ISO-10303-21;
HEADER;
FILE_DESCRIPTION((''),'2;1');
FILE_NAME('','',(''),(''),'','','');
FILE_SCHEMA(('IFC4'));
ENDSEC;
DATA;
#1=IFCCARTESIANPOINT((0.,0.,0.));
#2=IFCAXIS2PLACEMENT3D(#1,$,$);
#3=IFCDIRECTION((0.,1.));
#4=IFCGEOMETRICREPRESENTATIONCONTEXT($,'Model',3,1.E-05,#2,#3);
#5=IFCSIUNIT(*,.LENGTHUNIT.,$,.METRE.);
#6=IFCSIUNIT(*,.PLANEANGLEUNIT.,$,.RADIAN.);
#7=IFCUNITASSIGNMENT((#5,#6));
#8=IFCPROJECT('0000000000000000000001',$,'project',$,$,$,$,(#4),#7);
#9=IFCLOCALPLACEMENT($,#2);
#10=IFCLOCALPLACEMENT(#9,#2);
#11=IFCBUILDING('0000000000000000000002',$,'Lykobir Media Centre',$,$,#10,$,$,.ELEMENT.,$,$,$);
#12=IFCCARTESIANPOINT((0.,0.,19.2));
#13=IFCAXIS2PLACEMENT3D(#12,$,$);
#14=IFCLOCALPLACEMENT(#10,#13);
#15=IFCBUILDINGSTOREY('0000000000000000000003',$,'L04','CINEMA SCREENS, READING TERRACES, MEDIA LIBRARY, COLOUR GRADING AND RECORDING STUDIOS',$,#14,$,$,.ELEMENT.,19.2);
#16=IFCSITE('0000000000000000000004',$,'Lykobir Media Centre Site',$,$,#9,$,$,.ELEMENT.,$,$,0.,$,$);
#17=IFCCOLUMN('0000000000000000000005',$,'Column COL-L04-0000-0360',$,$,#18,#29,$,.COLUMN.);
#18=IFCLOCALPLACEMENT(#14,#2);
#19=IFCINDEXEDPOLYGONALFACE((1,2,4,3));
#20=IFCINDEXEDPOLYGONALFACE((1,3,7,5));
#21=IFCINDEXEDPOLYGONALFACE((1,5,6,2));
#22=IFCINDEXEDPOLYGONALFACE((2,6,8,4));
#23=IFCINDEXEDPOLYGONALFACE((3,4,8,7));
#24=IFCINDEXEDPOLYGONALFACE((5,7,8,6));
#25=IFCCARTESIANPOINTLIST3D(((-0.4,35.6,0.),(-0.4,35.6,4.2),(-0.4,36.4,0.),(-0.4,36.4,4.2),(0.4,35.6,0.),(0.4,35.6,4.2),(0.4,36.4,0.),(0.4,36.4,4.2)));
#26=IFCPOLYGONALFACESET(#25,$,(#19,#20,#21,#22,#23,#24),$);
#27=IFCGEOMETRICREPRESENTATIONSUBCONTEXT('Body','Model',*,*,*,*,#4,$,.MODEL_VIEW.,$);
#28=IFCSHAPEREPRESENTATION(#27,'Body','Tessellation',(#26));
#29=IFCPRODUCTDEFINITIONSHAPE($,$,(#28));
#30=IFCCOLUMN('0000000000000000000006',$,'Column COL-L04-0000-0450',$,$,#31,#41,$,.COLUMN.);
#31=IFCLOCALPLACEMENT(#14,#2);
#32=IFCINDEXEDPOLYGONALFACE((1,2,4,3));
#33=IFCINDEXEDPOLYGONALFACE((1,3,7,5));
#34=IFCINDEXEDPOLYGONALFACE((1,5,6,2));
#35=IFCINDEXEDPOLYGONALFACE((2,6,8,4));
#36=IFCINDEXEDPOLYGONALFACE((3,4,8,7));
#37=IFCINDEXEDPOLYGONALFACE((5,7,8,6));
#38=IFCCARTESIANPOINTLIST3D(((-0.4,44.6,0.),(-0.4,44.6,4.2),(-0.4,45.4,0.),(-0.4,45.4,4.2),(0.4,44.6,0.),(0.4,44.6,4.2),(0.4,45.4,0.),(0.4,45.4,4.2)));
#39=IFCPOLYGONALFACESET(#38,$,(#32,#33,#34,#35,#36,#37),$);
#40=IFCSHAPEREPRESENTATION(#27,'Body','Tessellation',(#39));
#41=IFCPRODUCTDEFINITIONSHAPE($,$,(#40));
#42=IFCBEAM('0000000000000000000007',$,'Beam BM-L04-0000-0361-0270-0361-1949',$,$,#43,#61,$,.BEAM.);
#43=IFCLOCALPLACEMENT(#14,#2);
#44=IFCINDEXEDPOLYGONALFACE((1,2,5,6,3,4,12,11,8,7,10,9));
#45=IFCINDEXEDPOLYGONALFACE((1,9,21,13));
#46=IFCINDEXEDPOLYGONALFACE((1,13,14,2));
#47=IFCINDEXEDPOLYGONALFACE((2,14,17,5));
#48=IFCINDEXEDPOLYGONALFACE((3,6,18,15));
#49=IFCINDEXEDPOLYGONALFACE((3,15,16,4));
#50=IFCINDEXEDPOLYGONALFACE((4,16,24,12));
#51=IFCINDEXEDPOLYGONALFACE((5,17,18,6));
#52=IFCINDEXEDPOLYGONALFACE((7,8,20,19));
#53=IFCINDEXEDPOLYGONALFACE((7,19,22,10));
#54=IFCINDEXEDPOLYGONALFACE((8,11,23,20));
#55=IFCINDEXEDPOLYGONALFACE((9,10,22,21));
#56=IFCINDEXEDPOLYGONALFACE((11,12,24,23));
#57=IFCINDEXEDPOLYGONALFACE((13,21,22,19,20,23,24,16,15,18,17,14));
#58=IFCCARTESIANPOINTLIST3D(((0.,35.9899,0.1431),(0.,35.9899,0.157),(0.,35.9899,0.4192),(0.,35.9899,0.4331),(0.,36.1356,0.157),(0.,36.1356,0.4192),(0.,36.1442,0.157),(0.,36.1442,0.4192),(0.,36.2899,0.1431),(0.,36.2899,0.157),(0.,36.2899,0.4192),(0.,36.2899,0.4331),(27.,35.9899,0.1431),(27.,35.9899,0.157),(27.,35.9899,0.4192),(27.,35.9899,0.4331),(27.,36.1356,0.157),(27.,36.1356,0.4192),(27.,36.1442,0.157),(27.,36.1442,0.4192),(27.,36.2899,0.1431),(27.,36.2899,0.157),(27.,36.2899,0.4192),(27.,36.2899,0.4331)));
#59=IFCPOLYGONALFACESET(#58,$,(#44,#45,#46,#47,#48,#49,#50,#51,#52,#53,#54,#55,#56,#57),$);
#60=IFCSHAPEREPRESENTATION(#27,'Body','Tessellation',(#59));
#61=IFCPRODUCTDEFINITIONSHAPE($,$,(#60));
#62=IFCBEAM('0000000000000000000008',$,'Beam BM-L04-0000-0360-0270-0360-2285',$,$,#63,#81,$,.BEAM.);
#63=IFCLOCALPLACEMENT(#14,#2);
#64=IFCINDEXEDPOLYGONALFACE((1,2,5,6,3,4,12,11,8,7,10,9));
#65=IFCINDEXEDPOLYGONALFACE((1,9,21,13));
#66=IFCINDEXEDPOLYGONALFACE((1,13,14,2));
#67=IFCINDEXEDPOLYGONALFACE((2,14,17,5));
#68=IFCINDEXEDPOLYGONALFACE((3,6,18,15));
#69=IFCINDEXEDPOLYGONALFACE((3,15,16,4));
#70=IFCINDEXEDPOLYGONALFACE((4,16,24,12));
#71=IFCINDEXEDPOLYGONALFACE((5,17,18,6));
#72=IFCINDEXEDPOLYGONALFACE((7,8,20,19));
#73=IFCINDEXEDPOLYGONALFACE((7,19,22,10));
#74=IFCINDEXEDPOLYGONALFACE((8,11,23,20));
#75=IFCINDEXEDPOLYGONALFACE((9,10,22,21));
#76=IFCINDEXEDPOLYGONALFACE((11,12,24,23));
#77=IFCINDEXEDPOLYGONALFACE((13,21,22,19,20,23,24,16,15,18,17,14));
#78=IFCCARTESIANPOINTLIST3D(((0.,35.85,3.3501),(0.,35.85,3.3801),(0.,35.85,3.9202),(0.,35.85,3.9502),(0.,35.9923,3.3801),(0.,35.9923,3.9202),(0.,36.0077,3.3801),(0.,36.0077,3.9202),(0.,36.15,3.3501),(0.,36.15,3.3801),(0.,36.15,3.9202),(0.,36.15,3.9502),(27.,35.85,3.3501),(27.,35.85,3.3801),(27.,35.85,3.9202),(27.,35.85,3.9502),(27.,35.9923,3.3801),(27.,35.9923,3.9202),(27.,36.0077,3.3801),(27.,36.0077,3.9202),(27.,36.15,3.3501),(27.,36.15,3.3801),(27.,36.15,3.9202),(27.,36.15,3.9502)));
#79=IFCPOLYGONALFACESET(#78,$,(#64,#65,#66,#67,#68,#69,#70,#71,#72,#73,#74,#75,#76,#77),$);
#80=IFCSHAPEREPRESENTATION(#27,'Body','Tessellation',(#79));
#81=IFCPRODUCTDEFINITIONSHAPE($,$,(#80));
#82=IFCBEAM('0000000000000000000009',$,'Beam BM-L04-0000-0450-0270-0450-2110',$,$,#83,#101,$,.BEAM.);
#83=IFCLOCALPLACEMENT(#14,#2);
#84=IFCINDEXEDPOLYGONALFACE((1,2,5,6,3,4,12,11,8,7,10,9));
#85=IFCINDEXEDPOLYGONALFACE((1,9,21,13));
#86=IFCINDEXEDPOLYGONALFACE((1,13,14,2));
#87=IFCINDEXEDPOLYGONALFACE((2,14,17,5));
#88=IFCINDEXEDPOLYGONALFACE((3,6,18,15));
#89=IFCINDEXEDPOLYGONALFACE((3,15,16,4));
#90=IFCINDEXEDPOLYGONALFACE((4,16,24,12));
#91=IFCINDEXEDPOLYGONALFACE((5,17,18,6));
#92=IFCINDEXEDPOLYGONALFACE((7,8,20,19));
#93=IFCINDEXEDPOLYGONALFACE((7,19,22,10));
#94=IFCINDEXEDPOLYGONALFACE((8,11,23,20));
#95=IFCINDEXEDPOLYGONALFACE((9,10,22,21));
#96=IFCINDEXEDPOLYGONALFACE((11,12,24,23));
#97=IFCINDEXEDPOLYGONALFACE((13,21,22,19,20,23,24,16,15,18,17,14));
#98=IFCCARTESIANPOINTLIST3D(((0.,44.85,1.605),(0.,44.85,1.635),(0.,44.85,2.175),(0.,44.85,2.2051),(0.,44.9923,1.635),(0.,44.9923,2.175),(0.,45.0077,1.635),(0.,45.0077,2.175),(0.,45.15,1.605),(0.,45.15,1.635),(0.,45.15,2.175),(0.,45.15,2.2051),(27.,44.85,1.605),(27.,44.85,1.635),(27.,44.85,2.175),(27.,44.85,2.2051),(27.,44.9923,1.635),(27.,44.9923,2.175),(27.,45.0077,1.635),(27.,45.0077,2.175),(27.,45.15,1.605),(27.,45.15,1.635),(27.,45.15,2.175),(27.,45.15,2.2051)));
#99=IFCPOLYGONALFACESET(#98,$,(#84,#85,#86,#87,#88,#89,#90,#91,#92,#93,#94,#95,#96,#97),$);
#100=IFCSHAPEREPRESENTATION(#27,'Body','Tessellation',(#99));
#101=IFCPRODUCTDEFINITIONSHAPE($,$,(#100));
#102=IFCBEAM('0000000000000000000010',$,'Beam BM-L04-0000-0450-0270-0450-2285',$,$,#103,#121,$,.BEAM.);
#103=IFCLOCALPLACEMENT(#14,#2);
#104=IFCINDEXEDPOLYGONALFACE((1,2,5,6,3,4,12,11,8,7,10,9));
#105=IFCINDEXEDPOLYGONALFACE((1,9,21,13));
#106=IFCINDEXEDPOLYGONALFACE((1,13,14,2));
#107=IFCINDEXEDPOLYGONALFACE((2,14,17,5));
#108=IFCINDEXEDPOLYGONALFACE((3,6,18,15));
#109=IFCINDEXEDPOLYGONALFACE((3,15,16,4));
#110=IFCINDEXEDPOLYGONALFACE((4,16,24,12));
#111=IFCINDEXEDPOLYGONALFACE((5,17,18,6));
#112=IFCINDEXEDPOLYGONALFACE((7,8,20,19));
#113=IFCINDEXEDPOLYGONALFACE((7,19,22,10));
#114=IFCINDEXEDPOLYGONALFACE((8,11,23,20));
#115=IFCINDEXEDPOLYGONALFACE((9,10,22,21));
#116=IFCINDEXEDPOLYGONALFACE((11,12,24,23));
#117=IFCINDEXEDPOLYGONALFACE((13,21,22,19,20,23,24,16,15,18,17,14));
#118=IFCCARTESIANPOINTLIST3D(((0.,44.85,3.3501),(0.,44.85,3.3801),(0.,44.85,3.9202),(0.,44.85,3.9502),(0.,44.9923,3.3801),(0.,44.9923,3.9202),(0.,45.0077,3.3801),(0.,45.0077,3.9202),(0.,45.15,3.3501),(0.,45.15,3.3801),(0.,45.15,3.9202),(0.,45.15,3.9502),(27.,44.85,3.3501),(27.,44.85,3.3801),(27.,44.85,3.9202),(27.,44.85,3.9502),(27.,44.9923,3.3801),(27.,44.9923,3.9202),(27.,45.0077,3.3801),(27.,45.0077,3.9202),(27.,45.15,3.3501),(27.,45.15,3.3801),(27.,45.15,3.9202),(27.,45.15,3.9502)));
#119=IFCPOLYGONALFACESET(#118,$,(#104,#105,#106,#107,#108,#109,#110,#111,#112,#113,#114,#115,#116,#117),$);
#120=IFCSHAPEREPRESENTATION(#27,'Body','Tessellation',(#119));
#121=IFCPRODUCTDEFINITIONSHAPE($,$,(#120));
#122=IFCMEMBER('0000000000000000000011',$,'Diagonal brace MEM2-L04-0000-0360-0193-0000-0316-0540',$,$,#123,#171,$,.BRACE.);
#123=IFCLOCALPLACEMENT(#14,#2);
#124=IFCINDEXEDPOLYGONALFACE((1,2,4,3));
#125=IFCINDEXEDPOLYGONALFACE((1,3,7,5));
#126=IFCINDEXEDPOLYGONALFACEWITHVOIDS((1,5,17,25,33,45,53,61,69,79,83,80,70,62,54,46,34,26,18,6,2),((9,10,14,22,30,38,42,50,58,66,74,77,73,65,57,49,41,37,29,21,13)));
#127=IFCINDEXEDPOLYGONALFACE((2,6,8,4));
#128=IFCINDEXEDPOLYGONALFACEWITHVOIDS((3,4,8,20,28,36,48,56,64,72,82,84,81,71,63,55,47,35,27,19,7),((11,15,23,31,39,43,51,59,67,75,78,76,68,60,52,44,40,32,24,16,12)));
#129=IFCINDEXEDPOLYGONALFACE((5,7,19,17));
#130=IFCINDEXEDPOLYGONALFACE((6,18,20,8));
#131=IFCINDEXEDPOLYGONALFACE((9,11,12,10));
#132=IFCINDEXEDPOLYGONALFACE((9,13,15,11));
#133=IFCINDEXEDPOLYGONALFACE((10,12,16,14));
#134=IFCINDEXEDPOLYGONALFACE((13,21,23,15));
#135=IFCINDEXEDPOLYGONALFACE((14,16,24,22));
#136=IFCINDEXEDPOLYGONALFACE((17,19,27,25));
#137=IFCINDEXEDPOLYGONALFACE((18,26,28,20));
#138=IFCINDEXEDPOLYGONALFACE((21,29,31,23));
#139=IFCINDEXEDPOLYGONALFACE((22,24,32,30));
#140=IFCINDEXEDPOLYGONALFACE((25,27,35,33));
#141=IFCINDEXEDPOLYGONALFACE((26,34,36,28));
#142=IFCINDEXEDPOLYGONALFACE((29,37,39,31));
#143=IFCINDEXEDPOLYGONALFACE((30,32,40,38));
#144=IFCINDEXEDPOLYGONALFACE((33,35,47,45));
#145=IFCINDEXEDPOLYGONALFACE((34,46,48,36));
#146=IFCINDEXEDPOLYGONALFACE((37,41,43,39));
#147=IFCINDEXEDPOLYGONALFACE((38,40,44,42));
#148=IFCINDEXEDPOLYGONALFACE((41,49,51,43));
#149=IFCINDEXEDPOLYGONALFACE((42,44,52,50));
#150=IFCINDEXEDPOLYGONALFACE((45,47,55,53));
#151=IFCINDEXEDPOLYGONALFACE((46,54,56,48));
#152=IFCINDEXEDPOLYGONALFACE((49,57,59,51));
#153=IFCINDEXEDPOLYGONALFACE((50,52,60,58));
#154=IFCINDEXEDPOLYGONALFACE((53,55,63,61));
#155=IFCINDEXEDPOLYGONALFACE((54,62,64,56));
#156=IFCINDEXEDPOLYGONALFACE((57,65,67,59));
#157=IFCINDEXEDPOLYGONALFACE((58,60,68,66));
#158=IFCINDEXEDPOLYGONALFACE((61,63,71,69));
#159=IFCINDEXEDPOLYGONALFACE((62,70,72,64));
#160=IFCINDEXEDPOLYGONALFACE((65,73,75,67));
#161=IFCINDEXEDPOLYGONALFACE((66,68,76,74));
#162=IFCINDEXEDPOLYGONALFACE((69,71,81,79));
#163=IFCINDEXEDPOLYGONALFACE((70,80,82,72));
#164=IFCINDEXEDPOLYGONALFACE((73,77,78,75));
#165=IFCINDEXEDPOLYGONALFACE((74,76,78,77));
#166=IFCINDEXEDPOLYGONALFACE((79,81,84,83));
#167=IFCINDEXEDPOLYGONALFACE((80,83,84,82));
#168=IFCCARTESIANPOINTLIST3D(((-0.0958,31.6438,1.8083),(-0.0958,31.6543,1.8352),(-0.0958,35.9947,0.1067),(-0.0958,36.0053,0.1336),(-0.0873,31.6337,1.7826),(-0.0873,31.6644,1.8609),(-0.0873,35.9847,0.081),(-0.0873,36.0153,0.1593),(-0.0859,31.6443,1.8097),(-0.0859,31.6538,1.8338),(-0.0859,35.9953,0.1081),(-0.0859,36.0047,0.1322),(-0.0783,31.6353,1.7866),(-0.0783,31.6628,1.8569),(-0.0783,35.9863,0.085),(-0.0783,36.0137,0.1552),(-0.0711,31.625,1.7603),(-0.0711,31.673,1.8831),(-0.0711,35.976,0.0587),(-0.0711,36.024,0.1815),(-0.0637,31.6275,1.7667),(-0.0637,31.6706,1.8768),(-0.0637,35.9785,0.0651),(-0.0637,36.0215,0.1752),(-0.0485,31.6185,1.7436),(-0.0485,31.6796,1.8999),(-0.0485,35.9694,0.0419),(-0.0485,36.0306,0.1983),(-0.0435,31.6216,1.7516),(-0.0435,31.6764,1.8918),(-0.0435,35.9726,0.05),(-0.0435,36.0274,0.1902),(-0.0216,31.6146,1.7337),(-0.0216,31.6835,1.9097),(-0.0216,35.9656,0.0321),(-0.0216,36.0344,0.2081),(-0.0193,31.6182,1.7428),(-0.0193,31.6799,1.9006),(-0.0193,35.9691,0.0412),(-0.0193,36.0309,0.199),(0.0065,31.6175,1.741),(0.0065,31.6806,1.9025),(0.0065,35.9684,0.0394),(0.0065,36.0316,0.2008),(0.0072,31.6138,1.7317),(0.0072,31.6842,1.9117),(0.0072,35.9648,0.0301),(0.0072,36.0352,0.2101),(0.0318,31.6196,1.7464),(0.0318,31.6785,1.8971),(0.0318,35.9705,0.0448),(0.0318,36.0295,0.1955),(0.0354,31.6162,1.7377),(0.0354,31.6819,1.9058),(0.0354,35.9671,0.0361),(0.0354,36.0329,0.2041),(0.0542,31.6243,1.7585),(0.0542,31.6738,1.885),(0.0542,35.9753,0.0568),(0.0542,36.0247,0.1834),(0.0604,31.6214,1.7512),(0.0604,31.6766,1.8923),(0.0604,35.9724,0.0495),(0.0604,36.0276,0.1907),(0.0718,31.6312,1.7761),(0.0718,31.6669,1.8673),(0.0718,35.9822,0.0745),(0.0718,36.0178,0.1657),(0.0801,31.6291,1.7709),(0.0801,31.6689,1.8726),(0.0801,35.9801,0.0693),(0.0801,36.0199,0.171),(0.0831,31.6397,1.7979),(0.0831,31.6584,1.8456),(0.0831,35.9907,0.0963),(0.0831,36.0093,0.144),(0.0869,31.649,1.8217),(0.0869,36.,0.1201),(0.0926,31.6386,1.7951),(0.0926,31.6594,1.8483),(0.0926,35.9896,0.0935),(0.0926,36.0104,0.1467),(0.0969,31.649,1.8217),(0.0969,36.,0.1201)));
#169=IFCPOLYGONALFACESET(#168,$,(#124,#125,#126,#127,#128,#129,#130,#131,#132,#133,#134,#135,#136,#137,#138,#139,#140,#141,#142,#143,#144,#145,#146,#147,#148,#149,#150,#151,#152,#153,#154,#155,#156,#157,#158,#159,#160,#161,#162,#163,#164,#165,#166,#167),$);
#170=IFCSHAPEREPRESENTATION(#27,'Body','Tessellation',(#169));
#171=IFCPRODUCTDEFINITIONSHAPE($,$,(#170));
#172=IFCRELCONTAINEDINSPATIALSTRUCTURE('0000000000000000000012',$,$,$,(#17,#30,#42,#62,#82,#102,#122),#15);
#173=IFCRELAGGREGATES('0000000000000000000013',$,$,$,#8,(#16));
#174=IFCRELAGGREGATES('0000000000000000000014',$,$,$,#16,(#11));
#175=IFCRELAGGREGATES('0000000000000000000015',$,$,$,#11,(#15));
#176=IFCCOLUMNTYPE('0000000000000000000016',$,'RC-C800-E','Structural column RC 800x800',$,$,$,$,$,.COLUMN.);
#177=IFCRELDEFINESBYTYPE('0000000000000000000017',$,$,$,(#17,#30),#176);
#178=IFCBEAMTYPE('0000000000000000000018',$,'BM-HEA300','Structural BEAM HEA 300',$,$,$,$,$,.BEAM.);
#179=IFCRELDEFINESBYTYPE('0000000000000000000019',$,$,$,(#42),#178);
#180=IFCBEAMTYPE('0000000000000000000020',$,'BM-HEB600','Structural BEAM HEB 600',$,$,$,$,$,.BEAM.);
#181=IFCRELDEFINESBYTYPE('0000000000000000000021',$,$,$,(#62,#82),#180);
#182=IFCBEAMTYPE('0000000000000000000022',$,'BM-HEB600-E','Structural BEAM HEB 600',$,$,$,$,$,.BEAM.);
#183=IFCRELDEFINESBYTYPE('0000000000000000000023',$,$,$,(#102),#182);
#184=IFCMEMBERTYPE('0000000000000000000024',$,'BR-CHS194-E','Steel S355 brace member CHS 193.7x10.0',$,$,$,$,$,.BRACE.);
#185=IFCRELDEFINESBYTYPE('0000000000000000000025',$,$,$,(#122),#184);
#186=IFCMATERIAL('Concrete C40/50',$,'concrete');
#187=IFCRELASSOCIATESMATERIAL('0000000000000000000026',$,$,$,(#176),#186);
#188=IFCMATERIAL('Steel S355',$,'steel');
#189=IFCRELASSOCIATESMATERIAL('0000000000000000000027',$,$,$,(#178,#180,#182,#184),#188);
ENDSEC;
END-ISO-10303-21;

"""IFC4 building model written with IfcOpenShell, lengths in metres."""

from ifc_helpers import new_model, si_unit, direction, frame, origin, origin_2d, place, context, subcontext, project, spatial, rectangle, hollow_circle, i_section, extrude, material, material_profile, profile_set, type_object, element, save


model = new_model("IFC4")

# Units and contexts
model_context = context("Model", 3, precision=1e-05, world=origin(), true_north=direction((0.0, 1.0)))
body_context = subcontext(model_context, "Body", "Model", "MODEL_VIEW")
ifc_project = project(units=[si_unit("LENGTHUNIT", "METRE"), si_unit("PLANEANGLEUNIT", "RADIAN")], contexts=[model_context])

# Site, building, storey
site_placement = place(None, origin())
site = spatial("IfcSite", under=ifc_project, at=site_placement, Name="Lykobir Media Centre Site", CompositionType="ELEMENT", RefElevation=0.0)
building_placement = place(site_placement, origin())
building = spatial("IfcBuilding", under=site, at=building_placement, Name="Lykobir Media Centre", CompositionType="ELEMENT")
storey_placement = place(building_placement, frame((0.0, 0.0, 19.2)))
storey = spatial("IfcBuildingStorey", under=building, at=storey_placement, Name="L04", Description="CINEMA SCREENS, READING TERRACES, MEDIA LIBRARY, COLOUR GRADING AND RECORDING STUDIOS", CompositionType="ELEMENT", Elevation=19.2)

# Columns
ifc_material_1 = material(Name="Concrete C40/50", Category="concrete")
ifc_material_profile_1 = material_profile(ifc_material_1, rectangle(XDim=0.8, YDim=0.8, at=origin_2d()), Name="RC 800x800")
ifc_profile_set_1 = profile_set([ifc_material_profile_1], Name="Concrete C40/50")
column_type = type_object("IfcColumnType", Name="RC-C800-E", Description="Structural column RC 800x800", PredefinedType="COLUMN", material=ifc_profile_set_1)
for number, where, z_axis, x_axis, name in (
    (1, (0.0, 36.0, 0.0), (0.0, 0.0, 1.0), (1.0, 0.0, 0.0), "Column COL-L04-0000-0360"),
    (2, (0.0, 45.0, 0.0), (0.0, 0.0, 1.0), (1.0, 0.0, 0.0), "Column COL-L04-0000-0450"),
):
    element("IfcColumn", number, at=place(storey_placement, frame(where, z_axis=z_axis, x_axis=x_axis)), inside=storey, type_object=column_type, Name=name, PredefinedType="COLUMN", context=body_context, shape_type="SweptSolid", body=[
        extrude(rectangle(XDim=0.8, YDim=0.8, at=origin_2d()), origin(), (0.0, 0.0, 1.0), 4.2),
    ])

# Beams
ifc_material_2 = material(Name="Steel S355", Category="steel")
ifc_material_profile_2 = material_profile(ifc_material_2, i_section(OverallWidth=0.3, OverallDepth=0.29, WebThickness=0.0085, FlangeThickness=0.0139, at=origin_2d()), Name="HEA 300")
ifc_profile_set_2 = profile_set([ifc_material_profile_2], Name="Steel S355")
beam_type_1 = type_object("IfcBeamType", Name="BM-HEA300", Description="Structural BEAM HEA 300", PredefinedType="BEAM", material=ifc_profile_set_2)
beam_1_placement = place(storey_placement, frame((0.0, 36.1399, 0.2881), z_axis=(1.0, 0.0, 0.0), x_axis=(0.0, 1.0, 0.0)))
element("IfcBeam", 3, at=beam_1_placement, inside=storey, type_object=beam_type_1, Name="Beam BM-L04-0000-0361-0270-0361-1949", PredefinedType="BEAM", context=body_context, shape_type="SweptSolid", body=[
    extrude(i_section(OverallWidth=0.3, OverallDepth=0.29, WebThickness=0.0085, FlangeThickness=0.0139, at=origin_2d()), origin(), (0.0, 0.0, 1.0), 27.0),
])
ifc_material_profile_3 = material_profile(ifc_material_2, i_section(OverallWidth=0.3, OverallDepth=0.6001, WebThickness=0.0154, FlangeThickness=0.03, at=origin_2d()), Name="HEB 600")
ifc_profile_set_3 = profile_set([ifc_material_profile_3], Name="Steel S355")
beam_type_2 = type_object("IfcBeamType", Name="BM-HEB600", Description="Structural BEAM HEB 600", PredefinedType="BEAM", material=ifc_profile_set_3)
for number, where, z_axis, x_axis, name in (
    (4, (0.0, 36.0, 3.6501), (1.0, 0.0, 0.0), (0.0, 1.0, 0.0), "Beam BM-L04-0000-0360-0270-0360-2285"),
    (5, (0.0, 45.0, 1.905), (1.0, 0.0, 0.0), (0.0, 1.0, 0.0), "Beam BM-L04-0000-0450-0270-0450-2110"),
):
    element("IfcBeam", number, at=place(storey_placement, frame(where, z_axis=z_axis, x_axis=x_axis)), inside=storey, type_object=beam_type_2, Name=name, PredefinedType="BEAM", context=body_context, shape_type="SweptSolid", body=[
        extrude(i_section(OverallWidth=0.3, OverallDepth=0.6001, WebThickness=0.0154, FlangeThickness=0.03, at=origin_2d()), origin(), (0.0, 0.0, 1.0), 27.0),
    ])
ifc_material_profile_4 = material_profile(ifc_material_2, i_section(OverallWidth=0.3, OverallDepth=0.6001, WebThickness=0.0154, FlangeThickness=0.03, at=origin_2d()), Name="HEB 600")
ifc_profile_set_4 = profile_set([ifc_material_profile_4], Name="Steel S355")
beam_type_3 = type_object("IfcBeamType", Name="BM-HEB600-E", Description="Structural BEAM HEB 600", PredefinedType="BEAM", material=ifc_profile_set_4)
beam_2_placement = place(storey_placement, frame((0.0, 45.0, 3.6501), z_axis=(1.0, 0.0, 0.0), x_axis=(0.0, 1.0, 0.0)))
element("IfcBeam", 6, at=beam_2_placement, inside=storey, type_object=beam_type_3, Name="Beam BM-L04-0000-0450-0270-0450-2285", PredefinedType="BEAM", context=body_context, shape_type="SweptSolid", body=[
    extrude(i_section(OverallWidth=0.3, OverallDepth=0.6001, WebThickness=0.0154, FlangeThickness=0.03, at=origin_2d()), origin(), (0.0, 0.0, 1.0), 27.0),
])

# Member
ifc_material_profile_5 = material_profile(ifc_material_2, hollow_circle(Radius=0.0969, WallThickness=0.01, at=origin_2d()), Name="CHS 193.7x10.0")
ifc_profile_set_5 = profile_set([ifc_material_profile_5], Name="Steel S355")
member_type = type_object("IfcMemberType", Name="BR-CHS194-E", Description="Steel S355 brace member CHS 193.7x10.0", PredefinedType="BRACE", material=ifc_profile_set_5)
member_1_placement = place(storey_placement, frame((0.0, 36.0, 0.1201), z_axis=(0.0, -0.931311, 0.364226), x_axis=(1.0, 0.0, 0.0)))
element("IfcMember", 7, at=member_1_placement, inside=storey, type_object=member_type, Name="Diagonal brace MEM2-L04-0000-0360-0193-0000-0316-0540", PredefinedType="BRACE", context=body_context, shape_type="SweptSolid", body=[
    extrude(hollow_circle(Radius=0.0969, WallThickness=0.01, at=origin_2d()), origin(), (0.0, 0.0, 1.0), 4.6719),
])

save(model, "model.ifc")
